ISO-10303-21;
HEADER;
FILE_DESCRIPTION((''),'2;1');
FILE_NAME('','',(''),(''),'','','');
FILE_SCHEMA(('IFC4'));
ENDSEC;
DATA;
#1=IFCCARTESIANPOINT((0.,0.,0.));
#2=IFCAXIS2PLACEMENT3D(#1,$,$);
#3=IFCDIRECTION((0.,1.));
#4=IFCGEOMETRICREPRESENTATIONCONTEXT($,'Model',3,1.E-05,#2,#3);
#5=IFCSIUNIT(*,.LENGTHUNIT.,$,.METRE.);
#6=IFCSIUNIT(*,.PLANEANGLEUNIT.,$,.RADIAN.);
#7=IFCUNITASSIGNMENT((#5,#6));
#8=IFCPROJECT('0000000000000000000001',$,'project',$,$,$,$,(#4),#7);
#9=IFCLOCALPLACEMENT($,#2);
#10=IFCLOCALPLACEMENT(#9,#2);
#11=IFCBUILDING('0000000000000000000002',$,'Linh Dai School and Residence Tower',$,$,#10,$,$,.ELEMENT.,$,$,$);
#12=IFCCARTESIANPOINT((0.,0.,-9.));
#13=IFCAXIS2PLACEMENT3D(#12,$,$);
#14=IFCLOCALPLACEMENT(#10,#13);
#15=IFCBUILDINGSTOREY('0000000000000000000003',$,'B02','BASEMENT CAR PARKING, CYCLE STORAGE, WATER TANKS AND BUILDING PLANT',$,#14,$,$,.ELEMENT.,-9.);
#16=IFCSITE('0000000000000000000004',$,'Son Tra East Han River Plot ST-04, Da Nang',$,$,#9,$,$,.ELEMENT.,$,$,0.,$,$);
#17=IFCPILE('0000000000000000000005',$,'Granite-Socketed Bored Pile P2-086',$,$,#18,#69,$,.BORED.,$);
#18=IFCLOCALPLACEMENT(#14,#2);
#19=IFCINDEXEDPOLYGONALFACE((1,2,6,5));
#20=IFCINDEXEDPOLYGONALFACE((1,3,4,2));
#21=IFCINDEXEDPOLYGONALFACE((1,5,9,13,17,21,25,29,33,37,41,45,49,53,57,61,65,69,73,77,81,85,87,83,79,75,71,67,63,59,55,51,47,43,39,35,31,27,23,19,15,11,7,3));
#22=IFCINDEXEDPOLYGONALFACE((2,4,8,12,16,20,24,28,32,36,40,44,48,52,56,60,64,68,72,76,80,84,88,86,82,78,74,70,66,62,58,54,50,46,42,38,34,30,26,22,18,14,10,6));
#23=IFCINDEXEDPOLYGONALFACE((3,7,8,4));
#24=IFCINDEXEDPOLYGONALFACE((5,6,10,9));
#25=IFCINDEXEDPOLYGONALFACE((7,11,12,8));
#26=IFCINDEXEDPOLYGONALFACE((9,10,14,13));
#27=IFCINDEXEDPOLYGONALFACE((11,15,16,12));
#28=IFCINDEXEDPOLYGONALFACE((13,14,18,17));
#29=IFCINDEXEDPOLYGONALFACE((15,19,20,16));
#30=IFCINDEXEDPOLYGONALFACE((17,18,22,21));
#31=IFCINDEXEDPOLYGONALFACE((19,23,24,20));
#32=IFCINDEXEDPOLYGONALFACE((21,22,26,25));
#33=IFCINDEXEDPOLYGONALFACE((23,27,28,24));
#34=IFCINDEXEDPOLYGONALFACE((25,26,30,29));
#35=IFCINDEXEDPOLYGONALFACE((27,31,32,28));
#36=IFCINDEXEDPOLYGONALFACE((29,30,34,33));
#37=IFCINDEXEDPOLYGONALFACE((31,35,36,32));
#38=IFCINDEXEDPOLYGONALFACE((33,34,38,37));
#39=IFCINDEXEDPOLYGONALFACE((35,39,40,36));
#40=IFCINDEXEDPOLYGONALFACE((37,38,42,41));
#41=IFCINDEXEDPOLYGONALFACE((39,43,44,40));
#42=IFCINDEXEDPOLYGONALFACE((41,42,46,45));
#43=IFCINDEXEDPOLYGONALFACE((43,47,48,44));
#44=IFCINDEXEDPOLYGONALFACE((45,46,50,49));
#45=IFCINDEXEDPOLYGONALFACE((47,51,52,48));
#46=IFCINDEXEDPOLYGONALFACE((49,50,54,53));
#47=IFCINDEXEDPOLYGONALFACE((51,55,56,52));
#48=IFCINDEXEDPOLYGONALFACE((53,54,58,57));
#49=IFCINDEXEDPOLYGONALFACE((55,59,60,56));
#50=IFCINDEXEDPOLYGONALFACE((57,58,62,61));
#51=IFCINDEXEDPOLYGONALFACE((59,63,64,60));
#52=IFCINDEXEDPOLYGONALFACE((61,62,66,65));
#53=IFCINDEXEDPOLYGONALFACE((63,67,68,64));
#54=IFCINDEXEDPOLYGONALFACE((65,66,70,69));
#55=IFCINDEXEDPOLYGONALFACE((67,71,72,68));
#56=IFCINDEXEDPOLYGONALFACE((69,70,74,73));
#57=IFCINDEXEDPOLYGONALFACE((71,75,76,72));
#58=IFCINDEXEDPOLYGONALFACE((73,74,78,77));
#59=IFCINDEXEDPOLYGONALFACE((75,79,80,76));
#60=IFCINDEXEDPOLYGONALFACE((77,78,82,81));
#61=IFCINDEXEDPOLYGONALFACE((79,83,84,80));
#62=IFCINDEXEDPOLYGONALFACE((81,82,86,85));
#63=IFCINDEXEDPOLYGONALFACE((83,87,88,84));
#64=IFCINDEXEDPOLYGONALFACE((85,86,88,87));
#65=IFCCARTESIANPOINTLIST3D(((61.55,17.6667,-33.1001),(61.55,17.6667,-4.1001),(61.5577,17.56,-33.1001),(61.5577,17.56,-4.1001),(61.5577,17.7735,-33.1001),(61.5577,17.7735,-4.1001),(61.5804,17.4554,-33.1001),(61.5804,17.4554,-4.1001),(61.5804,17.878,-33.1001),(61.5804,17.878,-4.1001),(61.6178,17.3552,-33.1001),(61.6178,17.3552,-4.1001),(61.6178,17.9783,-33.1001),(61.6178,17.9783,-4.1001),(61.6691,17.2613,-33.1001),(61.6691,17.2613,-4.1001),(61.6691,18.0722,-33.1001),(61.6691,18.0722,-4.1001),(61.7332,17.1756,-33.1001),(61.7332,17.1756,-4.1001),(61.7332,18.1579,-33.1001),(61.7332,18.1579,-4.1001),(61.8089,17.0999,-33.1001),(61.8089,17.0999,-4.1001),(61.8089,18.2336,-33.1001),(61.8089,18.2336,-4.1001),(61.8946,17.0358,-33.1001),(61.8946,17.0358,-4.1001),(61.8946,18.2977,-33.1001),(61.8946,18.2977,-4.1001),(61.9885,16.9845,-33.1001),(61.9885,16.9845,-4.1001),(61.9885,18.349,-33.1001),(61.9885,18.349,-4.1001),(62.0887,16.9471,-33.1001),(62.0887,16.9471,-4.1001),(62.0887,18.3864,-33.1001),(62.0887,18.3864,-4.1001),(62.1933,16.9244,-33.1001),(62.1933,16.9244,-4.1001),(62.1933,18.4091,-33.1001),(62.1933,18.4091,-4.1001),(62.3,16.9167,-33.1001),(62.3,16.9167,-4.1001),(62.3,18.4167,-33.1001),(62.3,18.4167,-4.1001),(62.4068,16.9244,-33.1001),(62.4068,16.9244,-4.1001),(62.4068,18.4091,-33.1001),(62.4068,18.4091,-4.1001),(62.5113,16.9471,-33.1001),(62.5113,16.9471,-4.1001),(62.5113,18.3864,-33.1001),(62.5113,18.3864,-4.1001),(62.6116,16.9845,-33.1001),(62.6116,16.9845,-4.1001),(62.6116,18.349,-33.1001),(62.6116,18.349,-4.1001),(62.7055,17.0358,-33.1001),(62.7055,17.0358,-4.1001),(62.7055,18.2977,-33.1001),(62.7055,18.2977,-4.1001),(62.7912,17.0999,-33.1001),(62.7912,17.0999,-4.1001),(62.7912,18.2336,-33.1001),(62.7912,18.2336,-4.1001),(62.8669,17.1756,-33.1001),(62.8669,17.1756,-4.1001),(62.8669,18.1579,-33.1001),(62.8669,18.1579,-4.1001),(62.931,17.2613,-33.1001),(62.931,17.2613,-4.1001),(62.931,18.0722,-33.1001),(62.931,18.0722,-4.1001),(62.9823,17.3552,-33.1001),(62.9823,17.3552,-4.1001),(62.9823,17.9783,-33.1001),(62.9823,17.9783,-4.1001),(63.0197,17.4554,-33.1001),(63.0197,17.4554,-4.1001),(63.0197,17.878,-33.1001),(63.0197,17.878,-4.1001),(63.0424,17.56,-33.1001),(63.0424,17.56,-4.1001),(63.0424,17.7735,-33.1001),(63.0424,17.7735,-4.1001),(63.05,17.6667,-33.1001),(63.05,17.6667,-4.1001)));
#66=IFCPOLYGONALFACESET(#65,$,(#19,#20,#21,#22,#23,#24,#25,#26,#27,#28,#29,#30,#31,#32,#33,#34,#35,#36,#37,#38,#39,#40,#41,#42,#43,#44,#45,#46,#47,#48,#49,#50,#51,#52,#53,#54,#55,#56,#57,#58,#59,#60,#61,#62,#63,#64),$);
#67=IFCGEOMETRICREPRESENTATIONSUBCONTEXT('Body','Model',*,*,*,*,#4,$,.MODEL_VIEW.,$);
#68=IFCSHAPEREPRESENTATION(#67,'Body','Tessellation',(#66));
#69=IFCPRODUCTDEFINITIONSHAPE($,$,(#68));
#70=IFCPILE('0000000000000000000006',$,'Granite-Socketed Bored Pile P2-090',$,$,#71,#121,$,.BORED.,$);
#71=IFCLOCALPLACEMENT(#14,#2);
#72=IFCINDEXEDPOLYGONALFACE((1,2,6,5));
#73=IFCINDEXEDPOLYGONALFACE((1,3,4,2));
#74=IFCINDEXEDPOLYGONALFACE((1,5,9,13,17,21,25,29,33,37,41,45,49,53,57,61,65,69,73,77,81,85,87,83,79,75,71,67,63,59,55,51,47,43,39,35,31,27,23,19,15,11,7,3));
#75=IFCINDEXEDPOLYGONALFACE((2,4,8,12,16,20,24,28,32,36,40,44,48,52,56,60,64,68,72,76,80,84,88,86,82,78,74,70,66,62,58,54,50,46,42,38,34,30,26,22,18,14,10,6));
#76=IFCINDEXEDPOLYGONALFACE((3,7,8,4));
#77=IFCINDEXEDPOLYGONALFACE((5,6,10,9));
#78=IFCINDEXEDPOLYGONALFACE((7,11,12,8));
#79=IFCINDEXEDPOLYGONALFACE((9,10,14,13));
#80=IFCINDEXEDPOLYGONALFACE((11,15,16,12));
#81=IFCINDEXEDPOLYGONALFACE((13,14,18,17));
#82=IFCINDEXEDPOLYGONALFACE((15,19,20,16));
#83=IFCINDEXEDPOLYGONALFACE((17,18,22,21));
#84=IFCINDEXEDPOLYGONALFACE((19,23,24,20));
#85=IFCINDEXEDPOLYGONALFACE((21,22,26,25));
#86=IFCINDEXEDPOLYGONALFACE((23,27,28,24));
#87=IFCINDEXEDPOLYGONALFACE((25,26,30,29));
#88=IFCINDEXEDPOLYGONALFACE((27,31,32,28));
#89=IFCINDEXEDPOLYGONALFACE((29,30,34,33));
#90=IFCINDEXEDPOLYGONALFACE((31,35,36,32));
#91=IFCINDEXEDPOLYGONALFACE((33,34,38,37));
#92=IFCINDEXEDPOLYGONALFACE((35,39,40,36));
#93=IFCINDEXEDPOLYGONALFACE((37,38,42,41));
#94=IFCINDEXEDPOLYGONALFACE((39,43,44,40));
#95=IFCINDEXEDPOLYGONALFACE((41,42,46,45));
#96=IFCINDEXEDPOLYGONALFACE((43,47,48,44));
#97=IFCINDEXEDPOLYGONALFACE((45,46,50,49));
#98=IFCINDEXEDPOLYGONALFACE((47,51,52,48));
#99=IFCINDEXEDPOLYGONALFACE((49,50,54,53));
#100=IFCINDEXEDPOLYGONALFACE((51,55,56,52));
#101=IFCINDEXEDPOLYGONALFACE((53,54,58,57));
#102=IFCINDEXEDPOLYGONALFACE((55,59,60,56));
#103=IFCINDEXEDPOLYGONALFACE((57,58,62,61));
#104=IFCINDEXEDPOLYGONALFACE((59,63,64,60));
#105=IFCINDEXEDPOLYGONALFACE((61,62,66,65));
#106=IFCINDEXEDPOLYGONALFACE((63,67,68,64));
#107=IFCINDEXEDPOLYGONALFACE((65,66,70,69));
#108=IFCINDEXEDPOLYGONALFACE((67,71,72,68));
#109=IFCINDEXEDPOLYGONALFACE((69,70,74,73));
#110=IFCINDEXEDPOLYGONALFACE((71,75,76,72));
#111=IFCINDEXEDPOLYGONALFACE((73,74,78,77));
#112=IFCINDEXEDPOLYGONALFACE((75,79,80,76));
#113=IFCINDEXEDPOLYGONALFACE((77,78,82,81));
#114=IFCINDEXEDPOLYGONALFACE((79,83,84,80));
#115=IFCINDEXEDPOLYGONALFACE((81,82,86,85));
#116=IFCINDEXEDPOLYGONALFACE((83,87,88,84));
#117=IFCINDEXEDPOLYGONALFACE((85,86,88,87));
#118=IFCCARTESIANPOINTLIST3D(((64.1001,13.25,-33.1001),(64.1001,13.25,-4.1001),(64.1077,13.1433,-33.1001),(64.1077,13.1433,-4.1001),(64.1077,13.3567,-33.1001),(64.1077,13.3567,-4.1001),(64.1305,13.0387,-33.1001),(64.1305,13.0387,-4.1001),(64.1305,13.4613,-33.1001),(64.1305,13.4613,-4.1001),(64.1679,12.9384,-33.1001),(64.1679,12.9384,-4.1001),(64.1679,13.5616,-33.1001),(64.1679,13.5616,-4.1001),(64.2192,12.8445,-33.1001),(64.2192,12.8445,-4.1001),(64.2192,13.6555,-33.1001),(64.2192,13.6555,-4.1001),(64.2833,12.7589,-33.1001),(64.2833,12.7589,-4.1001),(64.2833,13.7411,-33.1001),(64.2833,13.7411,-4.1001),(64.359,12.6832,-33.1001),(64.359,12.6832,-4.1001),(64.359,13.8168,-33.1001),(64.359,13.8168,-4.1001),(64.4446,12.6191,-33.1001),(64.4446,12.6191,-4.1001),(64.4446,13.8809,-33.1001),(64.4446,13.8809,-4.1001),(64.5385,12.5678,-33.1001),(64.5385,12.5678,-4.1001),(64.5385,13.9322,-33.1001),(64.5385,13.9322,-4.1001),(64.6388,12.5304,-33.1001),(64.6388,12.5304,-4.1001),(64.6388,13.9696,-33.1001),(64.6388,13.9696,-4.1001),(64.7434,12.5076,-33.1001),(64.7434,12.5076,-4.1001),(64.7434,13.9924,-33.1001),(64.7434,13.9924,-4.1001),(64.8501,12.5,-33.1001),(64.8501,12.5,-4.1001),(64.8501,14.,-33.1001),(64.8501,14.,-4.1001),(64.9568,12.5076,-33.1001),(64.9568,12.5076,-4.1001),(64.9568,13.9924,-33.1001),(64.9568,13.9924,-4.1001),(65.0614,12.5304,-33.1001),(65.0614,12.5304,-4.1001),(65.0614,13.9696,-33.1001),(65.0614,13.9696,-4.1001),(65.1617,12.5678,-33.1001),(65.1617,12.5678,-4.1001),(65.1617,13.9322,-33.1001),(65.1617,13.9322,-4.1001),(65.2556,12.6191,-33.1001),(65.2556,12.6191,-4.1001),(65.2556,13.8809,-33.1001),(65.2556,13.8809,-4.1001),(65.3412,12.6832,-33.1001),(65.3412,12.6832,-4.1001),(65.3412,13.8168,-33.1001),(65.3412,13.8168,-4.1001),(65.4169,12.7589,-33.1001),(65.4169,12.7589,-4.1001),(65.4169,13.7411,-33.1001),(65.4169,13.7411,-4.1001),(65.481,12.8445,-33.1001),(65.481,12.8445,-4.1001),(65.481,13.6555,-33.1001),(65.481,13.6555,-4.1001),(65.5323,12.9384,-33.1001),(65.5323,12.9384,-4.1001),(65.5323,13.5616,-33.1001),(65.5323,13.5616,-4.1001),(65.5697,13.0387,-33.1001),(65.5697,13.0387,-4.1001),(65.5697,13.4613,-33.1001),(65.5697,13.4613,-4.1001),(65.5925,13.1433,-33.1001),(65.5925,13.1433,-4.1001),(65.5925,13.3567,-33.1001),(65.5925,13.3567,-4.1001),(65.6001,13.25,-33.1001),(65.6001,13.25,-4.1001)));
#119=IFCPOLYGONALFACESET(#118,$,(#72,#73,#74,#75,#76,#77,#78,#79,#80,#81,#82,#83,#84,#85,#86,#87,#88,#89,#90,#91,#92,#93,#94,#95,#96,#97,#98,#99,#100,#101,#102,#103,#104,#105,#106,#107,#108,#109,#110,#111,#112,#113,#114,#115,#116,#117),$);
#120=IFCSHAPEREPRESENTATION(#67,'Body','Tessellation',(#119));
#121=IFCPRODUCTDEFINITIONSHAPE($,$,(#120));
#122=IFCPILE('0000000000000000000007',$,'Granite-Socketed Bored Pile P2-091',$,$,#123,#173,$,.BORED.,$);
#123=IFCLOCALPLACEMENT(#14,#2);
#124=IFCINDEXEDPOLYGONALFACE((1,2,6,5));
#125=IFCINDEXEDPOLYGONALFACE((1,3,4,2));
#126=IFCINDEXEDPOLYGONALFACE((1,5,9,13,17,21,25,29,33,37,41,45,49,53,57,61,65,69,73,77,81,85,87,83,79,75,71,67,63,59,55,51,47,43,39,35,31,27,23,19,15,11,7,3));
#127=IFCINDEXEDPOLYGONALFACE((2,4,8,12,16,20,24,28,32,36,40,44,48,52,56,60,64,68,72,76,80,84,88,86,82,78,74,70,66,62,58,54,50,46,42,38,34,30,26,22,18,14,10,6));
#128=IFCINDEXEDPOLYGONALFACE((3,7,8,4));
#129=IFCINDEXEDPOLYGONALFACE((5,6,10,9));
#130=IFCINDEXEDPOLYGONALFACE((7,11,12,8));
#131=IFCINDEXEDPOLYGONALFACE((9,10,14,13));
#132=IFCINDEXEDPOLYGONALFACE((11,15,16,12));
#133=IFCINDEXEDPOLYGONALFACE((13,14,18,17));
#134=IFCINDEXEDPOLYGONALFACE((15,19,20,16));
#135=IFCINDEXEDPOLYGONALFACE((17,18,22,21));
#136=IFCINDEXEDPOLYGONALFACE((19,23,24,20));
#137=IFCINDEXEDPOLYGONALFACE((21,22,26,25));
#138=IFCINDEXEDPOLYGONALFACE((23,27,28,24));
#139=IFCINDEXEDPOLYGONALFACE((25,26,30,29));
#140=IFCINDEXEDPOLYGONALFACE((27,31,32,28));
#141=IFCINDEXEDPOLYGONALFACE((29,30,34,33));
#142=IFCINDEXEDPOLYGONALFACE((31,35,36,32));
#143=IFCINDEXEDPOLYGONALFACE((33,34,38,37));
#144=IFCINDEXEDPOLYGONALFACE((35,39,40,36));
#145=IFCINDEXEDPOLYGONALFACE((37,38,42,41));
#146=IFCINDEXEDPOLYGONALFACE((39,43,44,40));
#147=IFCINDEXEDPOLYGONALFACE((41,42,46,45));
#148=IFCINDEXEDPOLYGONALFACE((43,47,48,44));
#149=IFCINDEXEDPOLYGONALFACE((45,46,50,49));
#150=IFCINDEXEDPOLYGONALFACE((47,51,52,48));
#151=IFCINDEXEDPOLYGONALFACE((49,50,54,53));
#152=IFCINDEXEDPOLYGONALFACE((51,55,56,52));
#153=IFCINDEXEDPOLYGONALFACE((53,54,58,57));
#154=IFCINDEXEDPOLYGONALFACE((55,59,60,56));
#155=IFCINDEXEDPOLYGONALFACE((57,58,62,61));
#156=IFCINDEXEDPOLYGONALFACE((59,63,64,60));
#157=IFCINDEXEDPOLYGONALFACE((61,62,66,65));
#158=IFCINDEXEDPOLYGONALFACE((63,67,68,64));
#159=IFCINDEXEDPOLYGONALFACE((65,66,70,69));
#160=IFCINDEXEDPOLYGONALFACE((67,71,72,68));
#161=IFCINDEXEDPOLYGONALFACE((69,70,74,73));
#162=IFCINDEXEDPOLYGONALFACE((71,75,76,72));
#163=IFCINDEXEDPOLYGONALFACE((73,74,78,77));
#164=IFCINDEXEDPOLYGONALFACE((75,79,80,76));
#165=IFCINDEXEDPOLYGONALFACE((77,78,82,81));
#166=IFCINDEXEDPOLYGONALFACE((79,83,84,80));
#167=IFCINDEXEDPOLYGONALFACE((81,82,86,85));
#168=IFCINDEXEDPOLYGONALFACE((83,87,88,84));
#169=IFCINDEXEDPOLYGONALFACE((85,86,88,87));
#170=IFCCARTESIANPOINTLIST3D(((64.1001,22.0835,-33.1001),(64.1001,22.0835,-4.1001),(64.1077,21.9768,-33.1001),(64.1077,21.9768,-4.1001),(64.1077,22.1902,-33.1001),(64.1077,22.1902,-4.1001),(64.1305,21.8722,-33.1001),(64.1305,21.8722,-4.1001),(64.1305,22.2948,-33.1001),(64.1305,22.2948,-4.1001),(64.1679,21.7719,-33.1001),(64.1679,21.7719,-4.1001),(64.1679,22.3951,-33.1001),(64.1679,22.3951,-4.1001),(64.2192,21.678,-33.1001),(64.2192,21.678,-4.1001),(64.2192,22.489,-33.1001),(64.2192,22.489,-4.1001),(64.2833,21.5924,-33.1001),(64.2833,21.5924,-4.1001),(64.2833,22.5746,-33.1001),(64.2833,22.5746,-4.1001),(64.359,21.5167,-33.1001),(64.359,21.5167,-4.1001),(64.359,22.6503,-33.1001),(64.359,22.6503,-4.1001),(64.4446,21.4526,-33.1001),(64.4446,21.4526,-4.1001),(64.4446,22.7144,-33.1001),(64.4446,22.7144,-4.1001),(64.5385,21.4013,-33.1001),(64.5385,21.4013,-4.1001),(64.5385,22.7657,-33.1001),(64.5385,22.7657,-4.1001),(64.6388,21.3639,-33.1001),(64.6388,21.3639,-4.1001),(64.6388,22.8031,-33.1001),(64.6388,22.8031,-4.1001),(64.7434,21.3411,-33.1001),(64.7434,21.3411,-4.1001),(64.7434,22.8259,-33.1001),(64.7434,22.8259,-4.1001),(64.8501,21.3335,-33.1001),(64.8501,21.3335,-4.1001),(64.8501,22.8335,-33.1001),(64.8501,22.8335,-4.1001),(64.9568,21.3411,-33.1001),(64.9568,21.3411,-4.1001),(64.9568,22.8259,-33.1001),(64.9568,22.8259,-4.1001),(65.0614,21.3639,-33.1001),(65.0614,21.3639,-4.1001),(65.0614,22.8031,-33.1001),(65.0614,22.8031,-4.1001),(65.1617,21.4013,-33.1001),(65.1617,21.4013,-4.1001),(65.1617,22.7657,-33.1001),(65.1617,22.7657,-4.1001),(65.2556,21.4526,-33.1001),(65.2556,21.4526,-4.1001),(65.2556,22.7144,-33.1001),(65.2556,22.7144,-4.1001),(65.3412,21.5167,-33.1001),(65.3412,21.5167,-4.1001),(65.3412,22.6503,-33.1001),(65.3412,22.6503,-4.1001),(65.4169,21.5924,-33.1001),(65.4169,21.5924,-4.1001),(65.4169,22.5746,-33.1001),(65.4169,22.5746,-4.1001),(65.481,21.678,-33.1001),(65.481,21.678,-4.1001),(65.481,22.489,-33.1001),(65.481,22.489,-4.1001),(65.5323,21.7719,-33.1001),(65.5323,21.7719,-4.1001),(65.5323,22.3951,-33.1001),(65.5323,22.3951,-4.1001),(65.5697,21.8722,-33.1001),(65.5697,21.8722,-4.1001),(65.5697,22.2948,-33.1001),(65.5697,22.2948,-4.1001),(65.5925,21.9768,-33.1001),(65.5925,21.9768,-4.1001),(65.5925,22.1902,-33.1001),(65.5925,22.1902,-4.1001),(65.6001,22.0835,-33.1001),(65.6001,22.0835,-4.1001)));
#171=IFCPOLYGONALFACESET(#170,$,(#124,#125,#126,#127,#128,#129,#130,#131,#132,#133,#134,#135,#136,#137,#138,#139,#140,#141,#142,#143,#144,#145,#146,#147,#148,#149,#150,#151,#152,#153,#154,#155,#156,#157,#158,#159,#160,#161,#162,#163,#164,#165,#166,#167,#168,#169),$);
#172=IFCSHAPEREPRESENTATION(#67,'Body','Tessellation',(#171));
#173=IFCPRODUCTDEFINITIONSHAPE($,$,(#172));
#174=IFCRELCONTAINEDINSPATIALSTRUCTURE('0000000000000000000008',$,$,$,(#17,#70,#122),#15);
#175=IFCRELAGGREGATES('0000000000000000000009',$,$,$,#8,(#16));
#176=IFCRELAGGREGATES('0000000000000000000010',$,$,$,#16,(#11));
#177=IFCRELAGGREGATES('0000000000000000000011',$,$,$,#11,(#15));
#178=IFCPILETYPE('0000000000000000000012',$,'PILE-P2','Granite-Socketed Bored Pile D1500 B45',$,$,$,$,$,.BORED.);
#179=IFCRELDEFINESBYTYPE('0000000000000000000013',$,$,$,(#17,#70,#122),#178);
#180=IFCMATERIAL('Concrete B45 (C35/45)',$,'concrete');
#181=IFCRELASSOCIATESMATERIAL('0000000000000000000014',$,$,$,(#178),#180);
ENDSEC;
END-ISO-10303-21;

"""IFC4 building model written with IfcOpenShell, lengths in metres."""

from ifc_helpers import new_model, si_unit, direction, frame, origin, origin_2d, place, context, subcontext, project, spatial, circle, extrude, material, material_profile, profile_set, type_object, element, save


model = new_model("IFC4")

# Units and contexts
model_context = context("Model", 3, precision=1e-05, world=origin(), true_north=direction((0.0, 1.0)))
body_context = subcontext(model_context, "Body", "Model", "MODEL_VIEW")
ifc_project = project(units=[si_unit("LENGTHUNIT", "METRE"), si_unit("PLANEANGLEUNIT", "RADIAN")], contexts=[model_context])

# Site, building, storey
site_placement = place(None, origin())
site = spatial("IfcSite", under=ifc_project, at=site_placement, Name="Son Tra East Han River Plot ST-04, Da Nang", CompositionType="ELEMENT", RefElevation=0.0)
building_placement = place(site_placement, origin())
building = spatial("IfcBuilding", under=site, at=building_placement, Name="Linh Dai School and Residence Tower", CompositionType="ELEMENT")
storey_placement = place(building_placement, frame((0.0, 0.0, -9.0)))
storey = spatial("IfcBuildingStorey", under=building, at=storey_placement, Name="B02", Description="BASEMENT CAR PARKING, CYCLE STORAGE, WATER TANKS AND BUILDING PLANT", CompositionType="ELEMENT", Elevation=-9.0)

# Piles
ifc_material_1 = material(Name="Concrete B45 (C35/45)", Category="concrete")
ifc_material_profile_1 = material_profile(ifc_material_1, circle(Radius=0.75, at=origin_2d()), Name="PILE D1500")
ifc_profile_set_1 = profile_set([ifc_material_profile_1], Name="Concrete B45 (C35/45)")
pile_type = type_object("IfcPileType", Name="PILE-P2", Description="Granite-Socketed Bored Pile D1500 B45", PredefinedType="BORED", material=ifc_profile_set_1)
for number, where, z_axis, x_axis, name in (
    (1, (62.3, 17.6667, -4.1001), (0.0, 0.0, -1.0), (1.0, 0.0, 0.0), "Granite-Socketed Bored Pile P2-086"),
    (2, (64.8501, 13.25, -4.1001), (0.0, 0.0, -1.0), (1.0, 0.0, 0.0), "Granite-Socketed Bored Pile P2-090"),
    (3, (64.8501, 22.0835, -4.1001), (0.0, 0.0, -1.0), (1.0, 0.0, 0.0), "Granite-Socketed Bored Pile P2-091"),
):
    element("IfcPile", number, at=place(storey_placement, frame(where, z_axis=z_axis, x_axis=x_axis)), inside=storey, type_object=pile_type, Name=name, PredefinedType="BORED", context=body_context, shape_type="SweptSolid", body=[
        extrude(circle(Radius=0.75, at=origin_2d()), origin(), (0.0, 0.0, 1.0), 29.0),
    ])

save(model, "model.ifc")
